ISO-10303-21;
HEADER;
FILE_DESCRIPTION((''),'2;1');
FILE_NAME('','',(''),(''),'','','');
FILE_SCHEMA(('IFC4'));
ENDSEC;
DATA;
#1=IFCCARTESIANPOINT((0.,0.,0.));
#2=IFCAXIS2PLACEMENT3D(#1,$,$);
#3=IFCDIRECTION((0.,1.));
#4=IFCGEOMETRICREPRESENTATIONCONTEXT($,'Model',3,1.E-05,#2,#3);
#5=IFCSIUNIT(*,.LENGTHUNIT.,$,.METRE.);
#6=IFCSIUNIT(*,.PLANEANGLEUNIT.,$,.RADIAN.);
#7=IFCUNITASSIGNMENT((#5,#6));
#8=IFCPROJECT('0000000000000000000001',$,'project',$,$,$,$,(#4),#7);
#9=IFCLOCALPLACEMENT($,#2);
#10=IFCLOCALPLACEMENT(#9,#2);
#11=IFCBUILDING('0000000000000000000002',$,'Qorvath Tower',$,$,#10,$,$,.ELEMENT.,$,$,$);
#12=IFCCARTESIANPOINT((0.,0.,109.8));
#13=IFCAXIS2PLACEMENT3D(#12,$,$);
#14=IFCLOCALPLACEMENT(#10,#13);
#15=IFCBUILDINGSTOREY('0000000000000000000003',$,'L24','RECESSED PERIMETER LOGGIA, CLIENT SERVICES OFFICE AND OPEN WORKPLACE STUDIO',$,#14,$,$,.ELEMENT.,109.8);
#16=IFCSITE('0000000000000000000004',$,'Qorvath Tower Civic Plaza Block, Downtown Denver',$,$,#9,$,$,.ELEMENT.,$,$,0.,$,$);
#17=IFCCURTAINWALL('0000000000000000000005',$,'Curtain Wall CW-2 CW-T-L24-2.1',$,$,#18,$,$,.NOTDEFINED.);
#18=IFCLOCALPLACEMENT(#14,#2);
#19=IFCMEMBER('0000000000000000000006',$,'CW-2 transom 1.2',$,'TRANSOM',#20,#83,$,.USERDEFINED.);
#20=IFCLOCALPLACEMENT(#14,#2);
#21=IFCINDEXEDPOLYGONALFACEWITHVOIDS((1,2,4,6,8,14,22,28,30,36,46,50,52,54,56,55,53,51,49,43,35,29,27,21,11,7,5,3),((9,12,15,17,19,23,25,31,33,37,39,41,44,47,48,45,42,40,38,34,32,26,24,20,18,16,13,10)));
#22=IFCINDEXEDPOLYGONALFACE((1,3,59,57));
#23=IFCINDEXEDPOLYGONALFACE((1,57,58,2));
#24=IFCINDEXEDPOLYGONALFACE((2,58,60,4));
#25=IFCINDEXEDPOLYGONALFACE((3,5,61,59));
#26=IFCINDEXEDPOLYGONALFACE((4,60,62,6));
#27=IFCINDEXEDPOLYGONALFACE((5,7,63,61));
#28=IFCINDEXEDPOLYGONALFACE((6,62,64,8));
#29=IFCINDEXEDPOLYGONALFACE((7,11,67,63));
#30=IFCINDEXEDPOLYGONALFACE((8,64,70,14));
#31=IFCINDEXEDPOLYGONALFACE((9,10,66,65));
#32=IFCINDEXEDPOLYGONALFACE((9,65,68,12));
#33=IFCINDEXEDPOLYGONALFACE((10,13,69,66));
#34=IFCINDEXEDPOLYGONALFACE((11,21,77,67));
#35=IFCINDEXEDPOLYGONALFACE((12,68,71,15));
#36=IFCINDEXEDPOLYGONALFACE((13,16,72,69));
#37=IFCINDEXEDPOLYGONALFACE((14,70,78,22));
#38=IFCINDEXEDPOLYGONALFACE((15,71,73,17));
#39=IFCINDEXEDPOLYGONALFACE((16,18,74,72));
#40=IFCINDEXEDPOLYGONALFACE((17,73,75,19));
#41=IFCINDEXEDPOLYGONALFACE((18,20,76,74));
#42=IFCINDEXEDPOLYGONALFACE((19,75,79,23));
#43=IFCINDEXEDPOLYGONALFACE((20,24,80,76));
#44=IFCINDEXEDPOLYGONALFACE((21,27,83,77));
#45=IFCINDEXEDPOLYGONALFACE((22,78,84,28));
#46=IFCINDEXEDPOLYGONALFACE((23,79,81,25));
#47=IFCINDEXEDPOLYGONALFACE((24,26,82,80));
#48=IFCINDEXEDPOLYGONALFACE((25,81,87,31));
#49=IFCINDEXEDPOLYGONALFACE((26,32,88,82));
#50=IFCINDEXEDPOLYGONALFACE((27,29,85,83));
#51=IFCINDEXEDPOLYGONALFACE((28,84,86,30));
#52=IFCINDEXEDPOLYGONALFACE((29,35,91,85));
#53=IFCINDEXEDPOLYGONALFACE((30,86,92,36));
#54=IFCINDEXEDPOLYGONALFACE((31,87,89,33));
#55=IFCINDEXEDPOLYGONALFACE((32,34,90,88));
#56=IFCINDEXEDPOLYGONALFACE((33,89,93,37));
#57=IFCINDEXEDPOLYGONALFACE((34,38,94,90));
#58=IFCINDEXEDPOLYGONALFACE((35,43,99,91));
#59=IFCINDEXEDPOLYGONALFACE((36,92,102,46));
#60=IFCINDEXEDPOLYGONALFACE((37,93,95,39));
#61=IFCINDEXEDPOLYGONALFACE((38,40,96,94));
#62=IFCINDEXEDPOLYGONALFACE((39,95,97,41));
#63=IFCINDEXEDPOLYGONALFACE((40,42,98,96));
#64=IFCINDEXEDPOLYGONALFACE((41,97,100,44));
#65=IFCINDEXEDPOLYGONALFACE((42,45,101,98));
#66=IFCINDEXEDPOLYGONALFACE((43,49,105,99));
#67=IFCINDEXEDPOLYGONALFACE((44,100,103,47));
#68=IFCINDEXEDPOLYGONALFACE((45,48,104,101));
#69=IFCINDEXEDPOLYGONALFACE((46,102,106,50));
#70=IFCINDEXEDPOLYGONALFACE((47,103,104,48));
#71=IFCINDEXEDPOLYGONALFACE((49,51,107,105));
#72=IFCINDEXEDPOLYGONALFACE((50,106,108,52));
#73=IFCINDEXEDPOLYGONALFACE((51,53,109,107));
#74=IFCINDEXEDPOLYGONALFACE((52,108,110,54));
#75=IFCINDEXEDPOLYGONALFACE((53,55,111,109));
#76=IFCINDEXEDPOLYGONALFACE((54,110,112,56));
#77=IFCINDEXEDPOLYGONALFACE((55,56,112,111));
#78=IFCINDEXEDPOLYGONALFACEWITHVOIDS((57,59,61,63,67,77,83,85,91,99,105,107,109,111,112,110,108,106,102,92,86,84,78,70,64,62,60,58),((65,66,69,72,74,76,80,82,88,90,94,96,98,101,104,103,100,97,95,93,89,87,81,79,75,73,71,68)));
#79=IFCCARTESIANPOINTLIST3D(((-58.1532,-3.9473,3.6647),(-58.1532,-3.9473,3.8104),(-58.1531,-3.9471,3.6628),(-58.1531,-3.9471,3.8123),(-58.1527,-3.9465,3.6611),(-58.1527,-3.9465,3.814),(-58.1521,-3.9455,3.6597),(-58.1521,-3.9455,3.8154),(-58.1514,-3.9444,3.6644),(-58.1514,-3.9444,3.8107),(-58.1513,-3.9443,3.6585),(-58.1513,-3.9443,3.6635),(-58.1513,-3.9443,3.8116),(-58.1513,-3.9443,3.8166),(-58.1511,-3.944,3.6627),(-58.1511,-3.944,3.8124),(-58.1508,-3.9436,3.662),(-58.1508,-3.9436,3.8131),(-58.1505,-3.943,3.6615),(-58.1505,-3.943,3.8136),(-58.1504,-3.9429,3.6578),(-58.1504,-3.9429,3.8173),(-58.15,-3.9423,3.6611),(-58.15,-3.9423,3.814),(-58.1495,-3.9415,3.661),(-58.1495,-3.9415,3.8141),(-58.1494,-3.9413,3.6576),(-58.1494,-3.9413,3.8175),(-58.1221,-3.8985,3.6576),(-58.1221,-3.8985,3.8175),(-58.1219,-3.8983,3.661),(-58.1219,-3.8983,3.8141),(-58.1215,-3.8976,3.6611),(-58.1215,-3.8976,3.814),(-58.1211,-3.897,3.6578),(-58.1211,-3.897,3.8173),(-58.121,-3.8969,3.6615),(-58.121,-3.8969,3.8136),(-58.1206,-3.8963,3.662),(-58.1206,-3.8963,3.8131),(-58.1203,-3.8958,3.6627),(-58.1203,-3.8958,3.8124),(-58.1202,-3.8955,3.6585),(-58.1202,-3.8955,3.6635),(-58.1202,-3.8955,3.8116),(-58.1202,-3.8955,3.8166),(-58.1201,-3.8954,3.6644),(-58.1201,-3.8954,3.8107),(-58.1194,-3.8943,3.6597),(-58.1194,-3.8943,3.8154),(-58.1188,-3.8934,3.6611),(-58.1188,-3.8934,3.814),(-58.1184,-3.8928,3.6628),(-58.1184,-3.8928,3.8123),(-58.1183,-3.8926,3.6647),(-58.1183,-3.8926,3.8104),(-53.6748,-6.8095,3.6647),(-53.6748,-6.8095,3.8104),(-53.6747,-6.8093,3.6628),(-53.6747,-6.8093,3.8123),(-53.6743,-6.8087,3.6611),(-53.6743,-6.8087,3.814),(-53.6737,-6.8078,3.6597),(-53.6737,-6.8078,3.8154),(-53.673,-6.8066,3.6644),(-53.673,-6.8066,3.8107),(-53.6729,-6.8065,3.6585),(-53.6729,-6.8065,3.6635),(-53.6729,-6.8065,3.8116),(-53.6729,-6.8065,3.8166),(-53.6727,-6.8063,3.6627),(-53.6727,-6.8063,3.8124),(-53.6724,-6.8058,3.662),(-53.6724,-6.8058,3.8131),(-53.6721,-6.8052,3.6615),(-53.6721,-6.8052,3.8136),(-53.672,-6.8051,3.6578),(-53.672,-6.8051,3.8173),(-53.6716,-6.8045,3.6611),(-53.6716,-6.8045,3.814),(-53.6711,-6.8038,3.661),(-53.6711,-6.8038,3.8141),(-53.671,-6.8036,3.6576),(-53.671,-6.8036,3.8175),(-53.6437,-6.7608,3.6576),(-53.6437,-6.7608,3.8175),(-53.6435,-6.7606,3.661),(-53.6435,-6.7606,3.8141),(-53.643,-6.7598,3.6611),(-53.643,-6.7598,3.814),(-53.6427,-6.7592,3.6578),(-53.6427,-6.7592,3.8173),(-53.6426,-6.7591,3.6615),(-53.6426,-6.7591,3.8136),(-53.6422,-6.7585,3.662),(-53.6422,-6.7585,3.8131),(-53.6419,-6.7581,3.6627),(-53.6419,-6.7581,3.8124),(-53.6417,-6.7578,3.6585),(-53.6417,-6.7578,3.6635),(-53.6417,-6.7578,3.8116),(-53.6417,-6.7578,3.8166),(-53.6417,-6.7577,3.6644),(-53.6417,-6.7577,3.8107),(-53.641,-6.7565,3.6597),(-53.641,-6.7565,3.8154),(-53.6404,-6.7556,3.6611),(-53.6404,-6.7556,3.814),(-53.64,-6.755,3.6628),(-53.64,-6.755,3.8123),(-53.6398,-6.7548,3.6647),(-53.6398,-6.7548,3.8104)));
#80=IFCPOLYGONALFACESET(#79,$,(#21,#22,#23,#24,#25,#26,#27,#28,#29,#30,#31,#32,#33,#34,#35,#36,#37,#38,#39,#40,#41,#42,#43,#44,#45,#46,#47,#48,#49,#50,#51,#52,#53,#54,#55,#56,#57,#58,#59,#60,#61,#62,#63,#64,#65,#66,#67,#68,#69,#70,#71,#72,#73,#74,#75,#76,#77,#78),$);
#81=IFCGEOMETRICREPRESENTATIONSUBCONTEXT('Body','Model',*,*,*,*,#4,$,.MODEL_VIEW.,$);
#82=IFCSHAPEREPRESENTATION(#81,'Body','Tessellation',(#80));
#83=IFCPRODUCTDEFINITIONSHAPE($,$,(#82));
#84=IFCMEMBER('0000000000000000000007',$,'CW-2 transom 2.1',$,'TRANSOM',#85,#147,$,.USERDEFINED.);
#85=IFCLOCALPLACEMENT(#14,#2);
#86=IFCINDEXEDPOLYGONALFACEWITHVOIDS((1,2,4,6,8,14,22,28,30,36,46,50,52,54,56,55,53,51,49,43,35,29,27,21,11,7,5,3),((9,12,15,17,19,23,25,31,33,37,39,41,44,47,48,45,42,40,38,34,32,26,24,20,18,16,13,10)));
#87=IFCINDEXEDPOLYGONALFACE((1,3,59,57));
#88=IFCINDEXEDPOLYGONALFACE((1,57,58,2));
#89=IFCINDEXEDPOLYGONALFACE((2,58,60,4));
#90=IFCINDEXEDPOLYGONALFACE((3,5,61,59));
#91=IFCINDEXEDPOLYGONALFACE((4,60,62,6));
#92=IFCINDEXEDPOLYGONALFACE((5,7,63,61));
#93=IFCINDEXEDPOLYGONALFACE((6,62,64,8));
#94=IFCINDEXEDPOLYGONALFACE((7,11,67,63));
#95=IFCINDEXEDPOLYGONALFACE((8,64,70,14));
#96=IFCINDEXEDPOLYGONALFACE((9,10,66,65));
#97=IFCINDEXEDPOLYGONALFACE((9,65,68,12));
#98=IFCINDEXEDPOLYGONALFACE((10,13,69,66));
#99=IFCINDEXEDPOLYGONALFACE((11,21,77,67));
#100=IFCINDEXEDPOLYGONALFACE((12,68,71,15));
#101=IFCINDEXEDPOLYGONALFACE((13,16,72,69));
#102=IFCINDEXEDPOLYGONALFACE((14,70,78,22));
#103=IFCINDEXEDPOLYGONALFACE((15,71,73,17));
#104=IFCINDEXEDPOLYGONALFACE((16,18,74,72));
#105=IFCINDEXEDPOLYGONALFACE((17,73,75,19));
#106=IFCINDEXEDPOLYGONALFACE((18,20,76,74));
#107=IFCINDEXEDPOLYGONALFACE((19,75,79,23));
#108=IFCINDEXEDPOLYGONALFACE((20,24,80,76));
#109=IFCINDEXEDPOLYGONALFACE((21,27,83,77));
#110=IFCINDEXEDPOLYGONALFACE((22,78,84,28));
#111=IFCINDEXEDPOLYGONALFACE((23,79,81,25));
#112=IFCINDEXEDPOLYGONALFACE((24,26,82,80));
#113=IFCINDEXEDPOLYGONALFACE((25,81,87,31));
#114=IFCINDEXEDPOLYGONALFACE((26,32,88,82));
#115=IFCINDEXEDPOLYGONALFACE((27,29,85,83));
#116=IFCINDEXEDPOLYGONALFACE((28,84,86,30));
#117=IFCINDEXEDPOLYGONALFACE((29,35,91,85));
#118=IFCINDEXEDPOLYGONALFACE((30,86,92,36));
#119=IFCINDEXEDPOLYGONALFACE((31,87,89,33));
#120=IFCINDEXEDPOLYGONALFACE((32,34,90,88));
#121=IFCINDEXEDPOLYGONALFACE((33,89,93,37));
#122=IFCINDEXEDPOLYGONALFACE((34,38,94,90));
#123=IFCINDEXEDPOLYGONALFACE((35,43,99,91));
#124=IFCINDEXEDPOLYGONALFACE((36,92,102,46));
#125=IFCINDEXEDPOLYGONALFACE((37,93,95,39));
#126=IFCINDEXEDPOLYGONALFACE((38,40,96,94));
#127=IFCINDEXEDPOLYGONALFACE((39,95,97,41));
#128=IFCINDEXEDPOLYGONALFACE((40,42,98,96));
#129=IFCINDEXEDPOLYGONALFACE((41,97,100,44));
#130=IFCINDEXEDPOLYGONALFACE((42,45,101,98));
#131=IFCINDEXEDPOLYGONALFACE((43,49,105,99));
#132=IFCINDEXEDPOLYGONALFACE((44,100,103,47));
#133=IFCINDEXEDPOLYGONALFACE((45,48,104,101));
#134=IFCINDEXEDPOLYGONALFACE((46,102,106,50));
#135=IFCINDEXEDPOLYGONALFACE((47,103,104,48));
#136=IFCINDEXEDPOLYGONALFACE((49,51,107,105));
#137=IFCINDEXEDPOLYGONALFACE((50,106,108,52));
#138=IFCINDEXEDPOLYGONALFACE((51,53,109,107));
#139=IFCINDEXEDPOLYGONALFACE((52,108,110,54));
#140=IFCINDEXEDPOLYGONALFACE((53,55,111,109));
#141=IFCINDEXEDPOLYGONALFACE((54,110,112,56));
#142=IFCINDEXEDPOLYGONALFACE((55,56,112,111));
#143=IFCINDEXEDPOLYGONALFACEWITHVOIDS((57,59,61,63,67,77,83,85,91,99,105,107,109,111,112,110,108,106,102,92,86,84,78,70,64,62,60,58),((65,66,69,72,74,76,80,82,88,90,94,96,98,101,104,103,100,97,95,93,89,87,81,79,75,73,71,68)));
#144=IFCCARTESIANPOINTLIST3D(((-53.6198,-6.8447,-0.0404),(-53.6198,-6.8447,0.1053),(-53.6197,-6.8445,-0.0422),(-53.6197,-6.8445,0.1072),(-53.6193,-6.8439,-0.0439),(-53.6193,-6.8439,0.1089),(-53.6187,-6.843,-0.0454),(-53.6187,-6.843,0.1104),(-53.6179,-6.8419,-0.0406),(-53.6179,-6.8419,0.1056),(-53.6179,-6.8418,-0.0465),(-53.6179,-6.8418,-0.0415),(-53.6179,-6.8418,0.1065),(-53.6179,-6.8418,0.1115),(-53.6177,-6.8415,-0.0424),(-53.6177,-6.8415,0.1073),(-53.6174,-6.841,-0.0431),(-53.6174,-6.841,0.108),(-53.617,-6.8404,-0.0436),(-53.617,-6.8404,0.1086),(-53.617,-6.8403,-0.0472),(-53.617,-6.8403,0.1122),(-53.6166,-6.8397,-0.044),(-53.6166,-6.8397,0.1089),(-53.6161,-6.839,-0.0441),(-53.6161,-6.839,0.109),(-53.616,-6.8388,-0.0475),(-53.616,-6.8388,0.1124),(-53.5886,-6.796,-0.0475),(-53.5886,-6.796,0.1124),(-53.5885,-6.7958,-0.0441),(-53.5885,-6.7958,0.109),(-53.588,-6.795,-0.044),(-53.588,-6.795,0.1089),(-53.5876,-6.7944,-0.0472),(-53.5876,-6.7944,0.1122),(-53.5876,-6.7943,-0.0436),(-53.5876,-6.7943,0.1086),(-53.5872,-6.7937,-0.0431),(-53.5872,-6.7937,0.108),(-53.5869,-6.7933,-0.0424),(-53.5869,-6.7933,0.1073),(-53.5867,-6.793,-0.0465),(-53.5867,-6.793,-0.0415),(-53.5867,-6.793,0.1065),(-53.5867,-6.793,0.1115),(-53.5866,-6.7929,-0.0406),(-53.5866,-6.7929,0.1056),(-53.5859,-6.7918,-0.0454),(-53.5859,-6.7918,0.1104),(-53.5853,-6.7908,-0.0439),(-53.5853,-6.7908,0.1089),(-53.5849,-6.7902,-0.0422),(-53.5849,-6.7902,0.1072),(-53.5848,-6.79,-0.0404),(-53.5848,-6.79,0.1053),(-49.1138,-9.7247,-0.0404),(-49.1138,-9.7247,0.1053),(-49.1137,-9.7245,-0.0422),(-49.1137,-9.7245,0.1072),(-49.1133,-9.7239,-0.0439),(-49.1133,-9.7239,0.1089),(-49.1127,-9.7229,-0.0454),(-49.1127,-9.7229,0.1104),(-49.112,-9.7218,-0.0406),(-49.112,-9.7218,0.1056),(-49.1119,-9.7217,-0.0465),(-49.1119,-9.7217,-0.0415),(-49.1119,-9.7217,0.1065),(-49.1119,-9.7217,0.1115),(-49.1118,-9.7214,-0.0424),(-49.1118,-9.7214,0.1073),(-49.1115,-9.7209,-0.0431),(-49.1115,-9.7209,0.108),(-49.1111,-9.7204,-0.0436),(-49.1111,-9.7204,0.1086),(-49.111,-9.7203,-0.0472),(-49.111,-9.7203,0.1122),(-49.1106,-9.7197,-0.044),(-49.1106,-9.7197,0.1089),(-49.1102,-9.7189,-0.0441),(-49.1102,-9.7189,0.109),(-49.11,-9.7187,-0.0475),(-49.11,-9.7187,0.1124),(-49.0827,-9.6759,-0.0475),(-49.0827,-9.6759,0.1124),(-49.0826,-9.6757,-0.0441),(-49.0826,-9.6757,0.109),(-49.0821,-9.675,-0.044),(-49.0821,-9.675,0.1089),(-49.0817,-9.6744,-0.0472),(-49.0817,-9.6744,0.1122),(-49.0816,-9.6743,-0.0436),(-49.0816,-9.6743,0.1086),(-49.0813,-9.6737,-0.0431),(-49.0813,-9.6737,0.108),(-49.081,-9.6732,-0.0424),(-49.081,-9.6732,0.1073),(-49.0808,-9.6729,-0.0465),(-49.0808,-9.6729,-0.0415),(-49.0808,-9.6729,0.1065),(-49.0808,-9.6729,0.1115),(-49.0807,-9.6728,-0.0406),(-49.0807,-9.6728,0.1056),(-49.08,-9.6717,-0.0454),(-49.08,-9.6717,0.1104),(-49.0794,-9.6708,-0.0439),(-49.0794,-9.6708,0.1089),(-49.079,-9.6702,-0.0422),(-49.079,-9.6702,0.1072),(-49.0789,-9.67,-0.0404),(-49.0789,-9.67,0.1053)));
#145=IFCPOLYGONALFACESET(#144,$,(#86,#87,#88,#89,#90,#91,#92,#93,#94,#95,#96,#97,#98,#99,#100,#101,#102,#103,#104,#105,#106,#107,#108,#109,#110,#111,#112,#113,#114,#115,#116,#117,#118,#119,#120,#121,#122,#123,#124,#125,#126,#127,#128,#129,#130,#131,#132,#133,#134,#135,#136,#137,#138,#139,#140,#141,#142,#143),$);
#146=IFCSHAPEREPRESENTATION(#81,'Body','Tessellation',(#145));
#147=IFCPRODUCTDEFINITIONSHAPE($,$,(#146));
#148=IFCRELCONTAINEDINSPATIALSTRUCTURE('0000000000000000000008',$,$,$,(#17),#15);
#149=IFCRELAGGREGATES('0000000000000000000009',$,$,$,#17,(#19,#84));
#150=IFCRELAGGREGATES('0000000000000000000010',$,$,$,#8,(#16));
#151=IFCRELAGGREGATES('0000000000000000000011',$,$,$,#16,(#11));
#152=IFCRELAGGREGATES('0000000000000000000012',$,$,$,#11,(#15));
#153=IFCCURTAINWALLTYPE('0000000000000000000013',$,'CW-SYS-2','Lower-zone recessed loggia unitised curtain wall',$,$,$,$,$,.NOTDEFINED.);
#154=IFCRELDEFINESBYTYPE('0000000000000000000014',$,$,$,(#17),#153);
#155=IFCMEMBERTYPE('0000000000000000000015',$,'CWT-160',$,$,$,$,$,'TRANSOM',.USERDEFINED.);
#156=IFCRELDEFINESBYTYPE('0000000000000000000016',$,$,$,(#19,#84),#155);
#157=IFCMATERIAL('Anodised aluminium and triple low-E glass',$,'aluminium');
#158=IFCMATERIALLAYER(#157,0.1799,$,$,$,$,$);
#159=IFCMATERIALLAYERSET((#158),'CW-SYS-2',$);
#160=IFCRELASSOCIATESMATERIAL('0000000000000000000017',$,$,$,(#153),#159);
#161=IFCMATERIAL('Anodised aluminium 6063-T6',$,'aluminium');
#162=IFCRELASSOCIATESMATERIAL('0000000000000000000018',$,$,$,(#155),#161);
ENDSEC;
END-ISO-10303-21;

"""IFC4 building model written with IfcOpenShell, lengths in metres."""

from ifc_helpers import new_model, si_unit, direction, frame, origin, origin_2d, place, context, subcontext, project, spatial, hollow_rectangle, extrude, material, layer, layer_set, material_profile, profile_set, type_object, element, aggregate, save


model = new_model("IFC4")

# Units and contexts
model_context = context("Model", 3, precision=1e-05, world=origin(), true_north=direction((0.0, 1.0)))
body_context = subcontext(model_context, "Body", "Model", "MODEL_VIEW")
ifc_project = project(units=[si_unit("LENGTHUNIT", "METRE"), si_unit("PLANEANGLEUNIT", "RADIAN")], contexts=[model_context])

# Site, building, storey
site_placement = place(None, origin())
site = spatial("IfcSite", under=ifc_project, at=site_placement, Name="Qorvath Tower Civic Plaza Block, Downtown Denver", CompositionType="ELEMENT", RefElevation=0.0)
building_placement = place(site_placement, origin())
building = spatial("IfcBuilding", under=site, at=building_placement, Name="Qorvath Tower", CompositionType="ELEMENT")
storey_placement = place(building_placement, frame((0.0, 0.0, 109.8)))
storey = spatial("IfcBuildingStorey", under=building, at=storey_placement, Name="L24", Description="RECESSED PERIMETER LOGGIA, CLIENT SERVICES OFFICE AND OPEN WORKPLACE STUDIO", CompositionType="ELEMENT", Elevation=109.8)

# Curtain wall, members
ifc_material_1 = material(Name="Anodised aluminium and triple low-E glass", Category="aluminium")
ifc_layer_1 = layer(ifc_material_1, 0.1799)
ifc_layer_set_1 = layer_set([ifc_layer_1], Name="CW-SYS-2")
curtain_wall_type = type_object("IfcCurtainWallType", Name="CW-SYS-2", Description="Lower-zone recessed loggia unitised curtain wall", PredefinedType="NOTDEFINED", material=ifc_layer_set_1)
curtain_wall_placement = place(storey_placement, origin())
curtain_wall = element("IfcCurtainWall", 1, at=curtain_wall_placement, inside=storey, type_object=curtain_wall_type, Name="Curtain Wall CW-2 CW-T-L24-2.1", PredefinedType="NOTDEFINED")
ifc_material_2 = material(Name="Anodised aluminium 6063-T6", Category="aluminium")
ifc_material_profile_1 = material_profile(ifc_material_2, hollow_rectangle(XDim=0.0649, YDim=0.1599, WallThickness=0.0034, InnerFilletRadius=0.0034, OuterFilletRadius=0.0071, at=origin_2d()), Name="CWT 160x65")
ifc_profile_set_1 = profile_set([ifc_material_profile_1], Name="Anodised aluminium 6063-T6")
member_type_1 = type_object("IfcMemberType", Name="CWT-160", ElementType="TRANSOM", PredefinedType="USERDEFINED", material=ifc_profile_set_1)
member_1_placement = place(storey_placement, frame((-58.1357, -3.9199, 3.7375), z_axis=(0.842608, -0.538527, 0.0), x_axis=(0.538527, 0.842608, 0.0)))
member_1 = element("IfcMember", 2, at=member_1_placement, type_object=member_type_1, Name="CW-2 transom 1.2", ObjectType="TRANSOM", PredefinedType="USERDEFINED", context=body_context, shape_type="SweptSolid", body=[
    extrude(hollow_rectangle(XDim=0.0649, YDim=0.1599, WallThickness=0.0034, InnerFilletRadius=0.0034, OuterFilletRadius=0.0071, at=origin_2d()), origin(), (0.0, 0.0, 1.0), 5.3149),
])
member_2_placement = place(storey_placement, frame((-53.6023, -6.8174, 0.0325), z_axis=(0.8426, -0.538541, 0.0), x_axis=(0.538541, 0.8426, 0.0)))
member_2 = element("IfcMember", 3, at=member_2_placement, type_object=member_type_1, Name="CW-2 transom 2.1", ObjectType="TRANSOM", PredefinedType="USERDEFINED", context=body_context, shape_type="SweptSolid", body=[
    extrude(hollow_rectangle(XDim=0.0649, YDim=0.1599, WallThickness=0.0034, InnerFilletRadius=0.0034, OuterFilletRadius=0.0071, at=origin_2d()), origin(), (0.0, 0.0, 1.0), 5.3477),
])
aggregate(curtain_wall, [member_1, member_2])

save(model, "model.ifc")
